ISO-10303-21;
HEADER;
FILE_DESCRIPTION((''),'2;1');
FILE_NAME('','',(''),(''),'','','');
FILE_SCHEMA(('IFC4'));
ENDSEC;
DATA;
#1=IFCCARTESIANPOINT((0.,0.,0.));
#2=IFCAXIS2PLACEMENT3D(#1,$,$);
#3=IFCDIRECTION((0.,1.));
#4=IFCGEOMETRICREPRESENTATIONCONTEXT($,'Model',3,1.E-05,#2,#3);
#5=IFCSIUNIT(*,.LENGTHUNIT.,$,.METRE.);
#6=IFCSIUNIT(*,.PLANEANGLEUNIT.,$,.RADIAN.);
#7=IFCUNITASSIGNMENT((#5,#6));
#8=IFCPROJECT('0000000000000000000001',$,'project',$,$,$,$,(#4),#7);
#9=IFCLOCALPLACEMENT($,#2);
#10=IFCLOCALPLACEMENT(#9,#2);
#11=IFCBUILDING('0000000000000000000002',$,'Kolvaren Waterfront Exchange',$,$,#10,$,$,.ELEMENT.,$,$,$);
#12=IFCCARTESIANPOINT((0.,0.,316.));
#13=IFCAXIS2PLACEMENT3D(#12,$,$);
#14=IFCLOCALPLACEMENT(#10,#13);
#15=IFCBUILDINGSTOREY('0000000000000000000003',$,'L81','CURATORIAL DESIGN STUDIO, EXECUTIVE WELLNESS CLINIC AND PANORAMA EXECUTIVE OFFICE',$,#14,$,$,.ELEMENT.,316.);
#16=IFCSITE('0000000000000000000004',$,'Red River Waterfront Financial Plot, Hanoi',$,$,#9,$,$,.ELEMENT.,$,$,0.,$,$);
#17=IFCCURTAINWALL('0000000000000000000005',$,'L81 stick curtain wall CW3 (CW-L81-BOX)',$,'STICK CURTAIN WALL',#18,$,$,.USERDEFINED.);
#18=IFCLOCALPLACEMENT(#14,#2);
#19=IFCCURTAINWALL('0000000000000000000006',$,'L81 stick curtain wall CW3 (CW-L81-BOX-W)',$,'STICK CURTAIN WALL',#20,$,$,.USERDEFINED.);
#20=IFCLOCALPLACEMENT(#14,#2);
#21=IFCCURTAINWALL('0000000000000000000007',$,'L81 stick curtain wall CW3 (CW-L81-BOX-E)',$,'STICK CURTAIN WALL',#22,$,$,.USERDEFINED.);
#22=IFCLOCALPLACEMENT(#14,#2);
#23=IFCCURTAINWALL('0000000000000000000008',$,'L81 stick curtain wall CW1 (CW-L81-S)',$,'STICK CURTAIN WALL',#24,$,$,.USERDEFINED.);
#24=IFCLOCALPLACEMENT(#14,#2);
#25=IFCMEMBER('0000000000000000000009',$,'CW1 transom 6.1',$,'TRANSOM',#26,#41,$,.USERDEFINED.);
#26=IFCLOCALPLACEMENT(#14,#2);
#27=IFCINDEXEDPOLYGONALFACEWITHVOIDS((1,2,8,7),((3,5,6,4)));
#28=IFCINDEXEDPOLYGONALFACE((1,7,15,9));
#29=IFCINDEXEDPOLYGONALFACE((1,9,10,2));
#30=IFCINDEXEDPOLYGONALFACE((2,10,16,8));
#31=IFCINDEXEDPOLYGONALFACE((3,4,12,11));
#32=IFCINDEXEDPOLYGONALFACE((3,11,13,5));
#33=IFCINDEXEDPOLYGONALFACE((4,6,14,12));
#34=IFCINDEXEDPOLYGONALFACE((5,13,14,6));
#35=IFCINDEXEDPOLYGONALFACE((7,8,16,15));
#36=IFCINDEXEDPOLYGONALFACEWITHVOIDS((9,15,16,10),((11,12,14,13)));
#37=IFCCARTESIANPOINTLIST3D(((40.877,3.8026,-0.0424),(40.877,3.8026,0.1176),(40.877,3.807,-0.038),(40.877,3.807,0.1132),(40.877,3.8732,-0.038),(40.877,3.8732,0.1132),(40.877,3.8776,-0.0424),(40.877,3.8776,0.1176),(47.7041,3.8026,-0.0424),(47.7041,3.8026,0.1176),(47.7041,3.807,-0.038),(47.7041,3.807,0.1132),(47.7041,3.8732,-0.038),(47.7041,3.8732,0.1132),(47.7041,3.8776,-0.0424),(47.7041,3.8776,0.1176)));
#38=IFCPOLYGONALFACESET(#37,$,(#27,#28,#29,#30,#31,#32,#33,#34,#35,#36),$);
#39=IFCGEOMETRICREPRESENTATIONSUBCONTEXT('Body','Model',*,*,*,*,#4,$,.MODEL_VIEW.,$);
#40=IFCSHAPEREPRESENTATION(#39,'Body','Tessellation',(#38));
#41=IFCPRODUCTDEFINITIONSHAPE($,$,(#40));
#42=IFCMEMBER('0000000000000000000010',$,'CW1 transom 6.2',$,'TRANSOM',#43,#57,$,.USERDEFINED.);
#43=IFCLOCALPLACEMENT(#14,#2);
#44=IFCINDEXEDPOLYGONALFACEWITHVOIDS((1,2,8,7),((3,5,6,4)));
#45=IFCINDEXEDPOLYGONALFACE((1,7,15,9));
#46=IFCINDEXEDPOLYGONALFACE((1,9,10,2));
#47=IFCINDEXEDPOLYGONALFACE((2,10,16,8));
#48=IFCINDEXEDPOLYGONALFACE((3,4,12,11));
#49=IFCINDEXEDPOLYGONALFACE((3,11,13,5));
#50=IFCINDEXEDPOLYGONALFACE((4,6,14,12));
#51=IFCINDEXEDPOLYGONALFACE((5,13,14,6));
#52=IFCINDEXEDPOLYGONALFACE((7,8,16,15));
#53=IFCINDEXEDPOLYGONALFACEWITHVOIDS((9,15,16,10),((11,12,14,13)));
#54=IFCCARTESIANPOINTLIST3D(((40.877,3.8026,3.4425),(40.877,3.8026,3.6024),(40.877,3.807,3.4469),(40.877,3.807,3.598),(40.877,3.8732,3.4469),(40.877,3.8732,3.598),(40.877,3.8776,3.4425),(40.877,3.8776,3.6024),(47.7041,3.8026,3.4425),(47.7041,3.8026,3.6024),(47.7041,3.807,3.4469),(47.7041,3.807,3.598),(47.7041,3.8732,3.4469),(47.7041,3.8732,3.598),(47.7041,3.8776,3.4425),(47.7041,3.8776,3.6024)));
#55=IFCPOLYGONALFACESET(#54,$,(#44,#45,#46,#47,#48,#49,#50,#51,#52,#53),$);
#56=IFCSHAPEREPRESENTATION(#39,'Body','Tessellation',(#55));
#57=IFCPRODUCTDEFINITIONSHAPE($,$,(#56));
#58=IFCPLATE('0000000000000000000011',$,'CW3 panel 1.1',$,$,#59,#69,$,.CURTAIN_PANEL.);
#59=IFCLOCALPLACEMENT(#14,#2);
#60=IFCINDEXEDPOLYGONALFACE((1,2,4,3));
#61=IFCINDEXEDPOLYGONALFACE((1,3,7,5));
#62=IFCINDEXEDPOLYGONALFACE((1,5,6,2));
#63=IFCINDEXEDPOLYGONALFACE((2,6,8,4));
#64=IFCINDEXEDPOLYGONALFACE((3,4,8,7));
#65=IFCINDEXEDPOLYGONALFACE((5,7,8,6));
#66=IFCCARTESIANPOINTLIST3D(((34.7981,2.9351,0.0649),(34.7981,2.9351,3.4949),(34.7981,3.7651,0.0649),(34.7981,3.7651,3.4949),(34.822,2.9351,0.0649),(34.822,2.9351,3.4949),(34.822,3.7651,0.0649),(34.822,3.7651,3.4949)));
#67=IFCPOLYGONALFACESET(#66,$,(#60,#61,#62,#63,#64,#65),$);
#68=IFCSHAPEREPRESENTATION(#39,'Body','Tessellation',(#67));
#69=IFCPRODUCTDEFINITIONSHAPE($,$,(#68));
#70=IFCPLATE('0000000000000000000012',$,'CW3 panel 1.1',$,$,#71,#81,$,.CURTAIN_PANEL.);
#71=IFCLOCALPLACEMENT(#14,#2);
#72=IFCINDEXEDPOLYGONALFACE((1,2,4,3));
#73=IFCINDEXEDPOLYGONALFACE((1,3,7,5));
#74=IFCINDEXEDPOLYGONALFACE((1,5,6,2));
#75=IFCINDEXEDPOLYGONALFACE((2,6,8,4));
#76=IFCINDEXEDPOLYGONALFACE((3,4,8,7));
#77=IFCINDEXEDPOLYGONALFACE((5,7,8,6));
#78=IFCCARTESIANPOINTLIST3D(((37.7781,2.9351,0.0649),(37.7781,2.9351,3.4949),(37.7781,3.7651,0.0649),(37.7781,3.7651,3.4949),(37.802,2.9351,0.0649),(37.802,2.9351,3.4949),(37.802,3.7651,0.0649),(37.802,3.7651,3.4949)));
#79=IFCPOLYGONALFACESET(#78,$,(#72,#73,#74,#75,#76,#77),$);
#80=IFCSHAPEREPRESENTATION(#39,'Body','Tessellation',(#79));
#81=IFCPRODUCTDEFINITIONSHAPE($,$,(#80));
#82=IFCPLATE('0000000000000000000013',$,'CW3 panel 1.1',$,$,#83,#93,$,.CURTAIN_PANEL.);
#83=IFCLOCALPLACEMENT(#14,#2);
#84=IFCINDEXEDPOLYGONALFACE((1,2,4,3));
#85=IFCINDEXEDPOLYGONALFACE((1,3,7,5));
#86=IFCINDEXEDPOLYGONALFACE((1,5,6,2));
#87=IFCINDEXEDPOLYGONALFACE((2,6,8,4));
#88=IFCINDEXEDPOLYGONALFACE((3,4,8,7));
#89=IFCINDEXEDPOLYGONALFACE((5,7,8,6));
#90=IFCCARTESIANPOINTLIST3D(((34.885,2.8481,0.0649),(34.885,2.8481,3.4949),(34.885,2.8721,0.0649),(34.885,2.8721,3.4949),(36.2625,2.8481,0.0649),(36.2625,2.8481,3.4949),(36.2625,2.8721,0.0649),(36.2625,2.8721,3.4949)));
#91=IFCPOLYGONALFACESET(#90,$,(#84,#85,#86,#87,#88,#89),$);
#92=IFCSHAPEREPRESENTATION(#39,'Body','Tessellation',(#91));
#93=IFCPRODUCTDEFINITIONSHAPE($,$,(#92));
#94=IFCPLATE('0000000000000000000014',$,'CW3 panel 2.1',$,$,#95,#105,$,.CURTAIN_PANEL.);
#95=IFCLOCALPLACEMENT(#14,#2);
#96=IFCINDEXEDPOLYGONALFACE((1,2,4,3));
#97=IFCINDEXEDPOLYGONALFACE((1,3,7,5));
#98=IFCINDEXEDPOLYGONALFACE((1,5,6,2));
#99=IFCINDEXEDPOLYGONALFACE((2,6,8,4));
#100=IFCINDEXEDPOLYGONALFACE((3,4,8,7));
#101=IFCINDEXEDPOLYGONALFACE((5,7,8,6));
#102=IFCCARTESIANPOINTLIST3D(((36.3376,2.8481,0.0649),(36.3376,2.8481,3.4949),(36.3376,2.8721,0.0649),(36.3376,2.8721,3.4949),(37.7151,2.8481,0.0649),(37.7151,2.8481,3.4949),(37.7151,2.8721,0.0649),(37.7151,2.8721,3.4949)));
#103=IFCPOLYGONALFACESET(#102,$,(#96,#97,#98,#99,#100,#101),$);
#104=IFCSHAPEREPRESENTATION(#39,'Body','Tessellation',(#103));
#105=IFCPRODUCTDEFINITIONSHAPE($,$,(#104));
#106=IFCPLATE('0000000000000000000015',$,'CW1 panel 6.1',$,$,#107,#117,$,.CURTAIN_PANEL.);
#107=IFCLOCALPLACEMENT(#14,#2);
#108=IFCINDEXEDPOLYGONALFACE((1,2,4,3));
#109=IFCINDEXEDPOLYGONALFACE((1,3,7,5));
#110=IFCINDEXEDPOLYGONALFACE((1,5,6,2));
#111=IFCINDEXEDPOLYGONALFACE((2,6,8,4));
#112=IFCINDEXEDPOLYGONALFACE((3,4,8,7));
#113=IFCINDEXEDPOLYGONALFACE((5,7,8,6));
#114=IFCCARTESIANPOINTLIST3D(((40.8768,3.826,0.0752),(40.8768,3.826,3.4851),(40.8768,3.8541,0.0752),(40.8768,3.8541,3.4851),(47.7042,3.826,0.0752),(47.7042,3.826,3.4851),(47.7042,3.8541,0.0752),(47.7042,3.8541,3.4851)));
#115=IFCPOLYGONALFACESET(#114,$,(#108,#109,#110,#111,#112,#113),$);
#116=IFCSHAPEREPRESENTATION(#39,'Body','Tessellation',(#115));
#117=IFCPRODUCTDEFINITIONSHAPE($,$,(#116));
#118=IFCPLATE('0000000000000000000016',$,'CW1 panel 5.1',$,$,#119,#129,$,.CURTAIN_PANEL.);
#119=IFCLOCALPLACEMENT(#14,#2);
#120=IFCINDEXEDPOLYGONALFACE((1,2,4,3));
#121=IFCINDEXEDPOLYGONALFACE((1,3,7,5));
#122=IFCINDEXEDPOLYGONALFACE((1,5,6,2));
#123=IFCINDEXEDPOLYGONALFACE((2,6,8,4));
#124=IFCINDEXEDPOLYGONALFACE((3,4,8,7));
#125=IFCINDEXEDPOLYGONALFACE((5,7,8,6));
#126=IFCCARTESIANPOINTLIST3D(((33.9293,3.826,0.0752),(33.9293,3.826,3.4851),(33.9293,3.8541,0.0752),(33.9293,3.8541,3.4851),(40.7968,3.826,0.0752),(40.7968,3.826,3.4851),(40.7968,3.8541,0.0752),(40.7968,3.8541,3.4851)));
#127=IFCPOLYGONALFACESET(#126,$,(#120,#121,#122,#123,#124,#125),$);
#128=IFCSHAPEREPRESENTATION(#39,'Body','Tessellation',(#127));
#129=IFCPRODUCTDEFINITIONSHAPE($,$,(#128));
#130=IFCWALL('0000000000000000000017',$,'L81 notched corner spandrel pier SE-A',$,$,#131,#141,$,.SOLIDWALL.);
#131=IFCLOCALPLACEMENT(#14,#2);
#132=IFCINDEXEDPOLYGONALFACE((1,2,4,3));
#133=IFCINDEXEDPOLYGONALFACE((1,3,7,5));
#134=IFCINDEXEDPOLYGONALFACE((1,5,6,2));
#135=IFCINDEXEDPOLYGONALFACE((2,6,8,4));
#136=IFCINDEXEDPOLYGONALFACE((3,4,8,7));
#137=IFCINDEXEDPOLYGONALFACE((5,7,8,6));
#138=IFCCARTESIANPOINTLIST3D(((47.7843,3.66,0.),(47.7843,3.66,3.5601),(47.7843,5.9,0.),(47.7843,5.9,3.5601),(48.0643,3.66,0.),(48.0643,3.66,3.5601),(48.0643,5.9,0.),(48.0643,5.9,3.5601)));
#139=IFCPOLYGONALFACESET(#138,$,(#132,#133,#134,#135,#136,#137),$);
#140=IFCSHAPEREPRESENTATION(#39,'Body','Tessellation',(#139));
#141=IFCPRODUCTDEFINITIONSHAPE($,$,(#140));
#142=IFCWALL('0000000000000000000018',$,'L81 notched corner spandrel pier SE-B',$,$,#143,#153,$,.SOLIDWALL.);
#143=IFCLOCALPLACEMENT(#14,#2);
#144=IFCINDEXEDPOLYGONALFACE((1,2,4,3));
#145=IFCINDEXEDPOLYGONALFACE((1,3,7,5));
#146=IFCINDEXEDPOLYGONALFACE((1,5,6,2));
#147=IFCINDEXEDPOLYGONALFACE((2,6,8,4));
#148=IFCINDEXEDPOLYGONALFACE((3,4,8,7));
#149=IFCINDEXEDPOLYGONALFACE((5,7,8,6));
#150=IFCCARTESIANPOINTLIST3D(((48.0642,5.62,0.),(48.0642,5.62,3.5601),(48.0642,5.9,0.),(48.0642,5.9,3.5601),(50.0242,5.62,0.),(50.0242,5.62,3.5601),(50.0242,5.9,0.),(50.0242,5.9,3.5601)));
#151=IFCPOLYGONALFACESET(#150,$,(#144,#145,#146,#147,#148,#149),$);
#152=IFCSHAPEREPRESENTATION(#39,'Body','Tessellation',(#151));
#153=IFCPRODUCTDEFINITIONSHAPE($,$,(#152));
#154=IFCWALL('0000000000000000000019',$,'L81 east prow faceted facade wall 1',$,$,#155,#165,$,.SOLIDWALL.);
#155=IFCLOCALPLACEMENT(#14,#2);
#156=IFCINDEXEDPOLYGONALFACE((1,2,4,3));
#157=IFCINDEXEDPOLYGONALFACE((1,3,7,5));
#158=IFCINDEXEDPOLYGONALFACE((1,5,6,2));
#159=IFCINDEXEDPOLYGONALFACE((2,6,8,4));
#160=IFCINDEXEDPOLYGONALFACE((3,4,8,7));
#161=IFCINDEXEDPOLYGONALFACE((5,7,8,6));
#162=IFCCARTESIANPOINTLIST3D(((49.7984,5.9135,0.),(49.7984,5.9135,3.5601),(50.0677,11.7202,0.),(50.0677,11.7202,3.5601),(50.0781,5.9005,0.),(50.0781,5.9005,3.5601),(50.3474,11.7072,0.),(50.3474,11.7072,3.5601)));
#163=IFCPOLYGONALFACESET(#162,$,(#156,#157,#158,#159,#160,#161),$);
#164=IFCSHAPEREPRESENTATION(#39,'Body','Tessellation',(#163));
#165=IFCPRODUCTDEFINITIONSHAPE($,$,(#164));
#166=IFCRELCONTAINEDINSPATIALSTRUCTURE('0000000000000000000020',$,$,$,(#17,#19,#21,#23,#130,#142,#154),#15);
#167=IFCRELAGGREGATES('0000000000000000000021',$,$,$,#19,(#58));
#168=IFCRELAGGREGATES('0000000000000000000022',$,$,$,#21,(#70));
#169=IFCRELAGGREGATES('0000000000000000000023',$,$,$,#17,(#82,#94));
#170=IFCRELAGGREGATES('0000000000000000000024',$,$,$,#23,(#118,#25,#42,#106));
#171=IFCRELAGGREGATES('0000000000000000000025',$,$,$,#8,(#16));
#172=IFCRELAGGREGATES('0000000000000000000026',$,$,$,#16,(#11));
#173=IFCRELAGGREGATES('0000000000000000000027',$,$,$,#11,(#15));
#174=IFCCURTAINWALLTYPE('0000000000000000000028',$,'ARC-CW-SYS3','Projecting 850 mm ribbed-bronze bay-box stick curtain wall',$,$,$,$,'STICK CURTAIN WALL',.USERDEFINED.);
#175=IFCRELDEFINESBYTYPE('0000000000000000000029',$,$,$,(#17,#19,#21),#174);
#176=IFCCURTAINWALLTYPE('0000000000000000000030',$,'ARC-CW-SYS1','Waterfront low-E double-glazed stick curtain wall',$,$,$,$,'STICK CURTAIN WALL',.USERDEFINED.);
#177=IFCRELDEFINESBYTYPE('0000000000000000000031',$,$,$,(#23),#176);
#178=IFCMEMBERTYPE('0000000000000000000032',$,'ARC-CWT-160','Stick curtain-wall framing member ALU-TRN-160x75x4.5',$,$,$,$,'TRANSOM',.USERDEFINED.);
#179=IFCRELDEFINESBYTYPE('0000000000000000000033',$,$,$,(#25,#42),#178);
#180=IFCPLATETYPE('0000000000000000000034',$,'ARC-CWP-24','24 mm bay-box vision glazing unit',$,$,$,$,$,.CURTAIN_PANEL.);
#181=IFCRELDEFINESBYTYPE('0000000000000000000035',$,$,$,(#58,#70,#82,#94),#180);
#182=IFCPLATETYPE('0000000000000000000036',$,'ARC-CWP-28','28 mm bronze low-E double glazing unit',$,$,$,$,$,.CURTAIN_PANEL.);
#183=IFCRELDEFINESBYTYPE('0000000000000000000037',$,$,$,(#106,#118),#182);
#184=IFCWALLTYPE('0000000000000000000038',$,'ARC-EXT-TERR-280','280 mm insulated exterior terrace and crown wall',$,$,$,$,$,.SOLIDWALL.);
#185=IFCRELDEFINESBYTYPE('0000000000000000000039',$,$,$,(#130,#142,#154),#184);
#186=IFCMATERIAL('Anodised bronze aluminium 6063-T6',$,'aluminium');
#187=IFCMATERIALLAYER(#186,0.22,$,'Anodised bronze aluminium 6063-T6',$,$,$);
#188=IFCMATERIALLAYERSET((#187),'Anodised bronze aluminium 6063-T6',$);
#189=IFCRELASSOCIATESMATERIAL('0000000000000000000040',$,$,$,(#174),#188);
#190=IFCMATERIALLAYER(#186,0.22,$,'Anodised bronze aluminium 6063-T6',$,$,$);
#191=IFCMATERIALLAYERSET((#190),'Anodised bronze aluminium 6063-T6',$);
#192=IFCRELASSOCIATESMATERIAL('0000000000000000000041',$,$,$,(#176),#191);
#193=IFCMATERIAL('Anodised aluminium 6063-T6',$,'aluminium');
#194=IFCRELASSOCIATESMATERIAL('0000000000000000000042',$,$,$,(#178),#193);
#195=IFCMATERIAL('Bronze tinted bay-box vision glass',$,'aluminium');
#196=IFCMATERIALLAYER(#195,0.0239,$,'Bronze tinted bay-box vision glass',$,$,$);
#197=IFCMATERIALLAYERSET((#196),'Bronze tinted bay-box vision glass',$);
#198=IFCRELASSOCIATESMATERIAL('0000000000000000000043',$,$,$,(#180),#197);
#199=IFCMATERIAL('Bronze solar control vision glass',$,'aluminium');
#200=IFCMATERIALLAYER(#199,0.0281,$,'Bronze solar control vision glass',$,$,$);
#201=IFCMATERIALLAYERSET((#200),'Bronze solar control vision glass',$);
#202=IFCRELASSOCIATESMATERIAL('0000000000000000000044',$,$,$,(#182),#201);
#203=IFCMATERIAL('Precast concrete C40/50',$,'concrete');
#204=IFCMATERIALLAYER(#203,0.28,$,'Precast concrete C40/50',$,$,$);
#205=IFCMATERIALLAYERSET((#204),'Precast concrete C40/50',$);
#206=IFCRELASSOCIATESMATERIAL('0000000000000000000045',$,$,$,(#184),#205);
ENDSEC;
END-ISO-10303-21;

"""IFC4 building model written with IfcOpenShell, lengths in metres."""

from ifc_helpers import new_model, si_unit, direction, frame, frame_2d, origin, origin_with_axes, origin_2d, place, context, subcontext, project, spatial, rectangle, hollow_rectangle, extrude, source, transform, mapped, material, layer, layer_set, material_profile, profile_set, type_object, element, aggregate, save


model = new_model("IFC4")

# Units and contexts
model_context = context("Model", 3, precision=1e-05, world=origin(), true_north=direction((0.0, 1.0)))
body_context = subcontext(model_context, "Body", "Model", "MODEL_VIEW")
ifc_project = project(units=[si_unit("LENGTHUNIT", "METRE"), si_unit("PLANEANGLEUNIT", "RADIAN")], contexts=[model_context])

# Site, building, storey
site_placement = place(None, origin())
site = spatial("IfcSite", under=ifc_project, at=site_placement, Name="Red River Waterfront Financial Plot, Hanoi", CompositionType="ELEMENT", RefElevation=0.0)
building_placement = place(site_placement, origin())
building = spatial("IfcBuilding", under=site, at=building_placement, Name="Kolvaren Waterfront Exchange", CompositionType="ELEMENT")
storey_placement = place(building_placement, frame((0.0, 0.0, 316.0)))
storey = spatial("IfcBuildingStorey", under=building, at=storey_placement, Name="L81", Description="CURATORIAL DESIGN STUDIO, EXECUTIVE WELLNESS CLINIC AND PANORAMA EXECUTIVE OFFICE", CompositionType="ELEMENT", Elevation=316.0)

# Curtain walls
ifc_material_1 = material(Name="Anodised bronze aluminium 6063-T6", Category="aluminium")
ifc_layer_1 = layer(ifc_material_1, 0.22, Name="Anodised bronze aluminium 6063-T6")
ifc_layer_set_1 = layer_set([ifc_layer_1], Name="Anodised bronze aluminium 6063-T6")
curtain_wall_type_1 = type_object("IfcCurtainWallType", Name="ARC-CW-SYS3", Description="Projecting 850 mm ribbed-bronze bay-box stick curtain wall", ElementType="STICK CURTAIN WALL", PredefinedType="USERDEFINED", material=ifc_layer_set_1)
curtain_wall_1_placement = place(storey_placement, origin())
curtain_wall_1 = element("IfcCurtainWall", 1, at=curtain_wall_1_placement, inside=storey, type_object=curtain_wall_type_1, Name="L81 stick curtain wall CW3 (CW-L81-BOX)", ObjectType="STICK CURTAIN WALL", PredefinedType="USERDEFINED")
curtain_wall_2_placement = place(storey_placement, origin())
curtain_wall_2 = element("IfcCurtainWall", 2, at=curtain_wall_2_placement, inside=storey, type_object=curtain_wall_type_1, Name="L81 stick curtain wall CW3 (CW-L81-BOX-W)", ObjectType="STICK CURTAIN WALL", PredefinedType="USERDEFINED")
curtain_wall_3_placement = place(storey_placement, origin())
curtain_wall_3 = element("IfcCurtainWall", 3, at=curtain_wall_3_placement, inside=storey, type_object=curtain_wall_type_1, Name="L81 stick curtain wall CW3 (CW-L81-BOX-E)", ObjectType="STICK CURTAIN WALL", PredefinedType="USERDEFINED")

# Curtain wall, members
ifc_layer_2 = layer(ifc_material_1, 0.22, Name="Anodised bronze aluminium 6063-T6")
ifc_layer_set_2 = layer_set([ifc_layer_2], Name="Anodised bronze aluminium 6063-T6")
curtain_wall_type_2 = type_object("IfcCurtainWallType", Name="ARC-CW-SYS1", Description="Waterfront low-E double-glazed stick curtain wall", ElementType="STICK CURTAIN WALL", PredefinedType="USERDEFINED", material=ifc_layer_set_2)
curtain_wall_4_placement = place(storey_placement, origin())
curtain_wall_4 = element("IfcCurtainWall", 4, at=curtain_wall_4_placement, inside=storey, type_object=curtain_wall_type_2, Name="L81 stick curtain wall CW1 (CW-L81-S)", ObjectType="STICK CURTAIN WALL", PredefinedType="USERDEFINED")
ifc_material_2 = material(Name="Anodised aluminium 6063-T6", Category="aluminium")
ifc_material_profile_1 = material_profile(ifc_material_2, hollow_rectangle(XDim=0.075, YDim=0.1599, WallThickness=0.0044, at=origin_2d()), Name="ALU-TRN-160x75x4.5")
ifc_profile_set_1 = profile_set([ifc_material_profile_1], Name="Anodised aluminium 6063-T6")
member_type_1 = type_object("IfcMemberType", Name="ARC-CWT-160", Description="Stick curtain-wall framing member ALU-TRN-160x75x4.5", ElementType="TRANSOM", PredefinedType="USERDEFINED", material=ifc_profile_set_1)
shared_shape_1 = source(origin_with_axes(), body_context, "Body", "SweptSolid", [
    extrude(hollow_rectangle(XDim=0.075, YDim=0.1599, WallThickness=0.0044, at=origin_2d()), origin(), (0.0, 0.0, 1.0), 6.8271),
])
member_1_placement = place(storey_placement, frame((40.877, 3.8401, 0.0376), z_axis=(1.0, 0.0, 0.0), x_axis=(0.0, 1.0, 0.0)))
member_1 = element("IfcMember", 5, at=member_1_placement, type_object=member_type_1, Name="CW1 transom 6.1", ObjectType="TRANSOM", PredefinedType="USERDEFINED", context=body_context, shape_type="MappedRepresentation", body=[
    mapped(shared_shape_1, transform((0.0, 0.0, 0.0), x_axis=(1.0, 0.0, 0.0), y_axis=(0.0, 1.0, 0.0), z_axis=(0.0, 0.0, 1.0), scale=1.0)),
])
member_2_placement = place(storey_placement, frame((40.877, 3.8401, 3.5225), z_axis=(1.0, 0.0, 0.0), x_axis=(0.0, 1.0, 0.0)))
member_2 = element("IfcMember", 6, at=member_2_placement, type_object=member_type_1, Name="CW1 transom 6.2", ObjectType="TRANSOM", PredefinedType="USERDEFINED", context=body_context, shape_type="MappedRepresentation", body=[
    mapped(shared_shape_1, transform((0.0, 0.0, 0.0), x_axis=(1.0, 0.0, 0.0), y_axis=(0.0, 1.0, 0.0), z_axis=(0.0, 0.0, 1.0), scale=1.0)),
])

# Plates
ifc_material_3 = material(Name="Bronze tinted bay-box vision glass", Category="aluminium")
ifc_layer_3 = layer(ifc_material_3, 0.0239, Name="Bronze tinted bay-box vision glass")
ifc_layer_set_3 = layer_set([ifc_layer_3], Name="Bronze tinted bay-box vision glass")
plate_type_1 = type_object("IfcPlateType", Name="ARC-CWP-24", Description="24 mm bay-box vision glazing unit", PredefinedType="CURTAIN_PANEL", material=ifc_layer_set_3)
shared_shape_2 = source(origin_with_axes(), body_context, "Body", "SweptSolid", [
    extrude(rectangle(XDim=0.8301, YDim=0.0239, at=origin_2d()), origin(), (0.0, 0.0, 1.0), 3.4299),
])
plate_1_placement = place(storey_placement, frame((34.8101, 3.3501, 0.0649), z_axis=(0.0, 0.0, 1.0), x_axis=(0.0, -1.0, 0.0)))
plate_1 = element("IfcPlate", 7, at=plate_1_placement, type_object=plate_type_1, Name="CW3 panel 1.1", PredefinedType="CURTAIN_PANEL", context=body_context, shape_type="MappedRepresentation", body=[
    mapped(shared_shape_2, transform((0.0, 0.0, 0.0), x_axis=(1.0, 0.0, 0.0), y_axis=(0.0, 1.0, 0.0), z_axis=(0.0, 0.0, 1.0), scale=1.0)),
])
aggregate(curtain_wall_2, [plate_1])
plate_2_placement = place(storey_placement, frame((37.79, 3.3501, 0.0649), z_axis=(0.0, 0.0, 1.0), x_axis=(0.0, 1.0, 0.0)))
plate_2 = element("IfcPlate", 8, at=plate_2_placement, type_object=plate_type_1, Name="CW3 panel 1.1", PredefinedType="CURTAIN_PANEL", context=body_context, shape_type="MappedRepresentation", body=[
    mapped(shared_shape_2, transform((0.0, 0.0, 0.0), x_axis=(1.0, 0.0, 0.0), y_axis=(0.0, 1.0, 0.0), z_axis=(0.0, 0.0, 1.0), scale=1.0)),
])
aggregate(curtain_wall_3, [plate_2])
shared_shape_3 = source(origin_with_axes(), body_context, "Body", "SweptSolid", [
    extrude(rectangle(XDim=1.3774, YDim=0.0239, at=origin_2d()), origin(), (0.0, 0.0, 1.0), 3.4299),
])
plate_3_placement = place(storey_placement, frame((35.5737, 2.8601, 0.0649), z_axis=(0.0, 0.0, 1.0), x_axis=(1.0, 0.0, 0.0)))
plate_3 = element("IfcPlate", 9, at=plate_3_placement, type_object=plate_type_1, Name="CW3 panel 1.1", PredefinedType="CURTAIN_PANEL", context=body_context, shape_type="MappedRepresentation", body=[
    mapped(shared_shape_3, transform((0.0, 0.0, 0.0), x_axis=(1.0, 0.0, 0.0), y_axis=(0.0, 1.0, 0.0), z_axis=(0.0, 0.0, 1.0), scale=1.0)),
])
plate_4_placement = place(storey_placement, frame((37.0264, 2.8601, 0.0649), z_axis=(0.0, 0.0, 1.0), x_axis=(1.0, 0.0, 0.0)))
plate_4 = element("IfcPlate", 10, at=plate_4_placement, type_object=plate_type_1, Name="CW3 panel 2.1", PredefinedType="CURTAIN_PANEL", context=body_context, shape_type="MappedRepresentation", body=[
    mapped(shared_shape_3, transform((0.0, 0.0, 0.0), x_axis=(1.0, 0.0, 0.0), y_axis=(0.0, 1.0, 0.0), z_axis=(0.0, 0.0, 1.0), scale=1.0)),
])
aggregate(curtain_wall_1, [plate_3, plate_4])
ifc_material_4 = material(Name="Bronze solar control vision glass", Category="aluminium")
ifc_layer_4 = layer(ifc_material_4, 0.0281, Name="Bronze solar control vision glass")
ifc_layer_set_4 = layer_set([ifc_layer_4], Name="Bronze solar control vision glass")
plate_type_2 = type_object("IfcPlateType", Name="ARC-CWP-28", Description="28 mm bronze low-E double glazing unit", PredefinedType="CURTAIN_PANEL", material=ifc_layer_set_4)
shared_shape_4 = source(origin_with_axes(), body_context, "Body", "SweptSolid", [
    extrude(rectangle(XDim=6.8274, YDim=0.0281, at=origin_2d()), origin(), (0.0, 0.0, 1.0), 3.4099),
])
plate_5_placement = place(storey_placement, frame((44.2905, 3.8401, 0.0752), z_axis=(0.0, 0.0, 1.0), x_axis=(1.0, 0.0, 0.0)))
plate_5 = element("IfcPlate", 11, at=plate_5_placement, type_object=plate_type_2, Name="CW1 panel 6.1", PredefinedType="CURTAIN_PANEL", context=body_context, shape_type="MappedRepresentation", body=[
    mapped(shared_shape_4, transform((0.0, 0.0, 0.0), x_axis=(1.0, 0.0, 0.0), y_axis=(0.0, 1.0, 0.0), z_axis=(0.0, 0.0, 1.0), scale=1.0)),
])
shared_shape_5 = source(origin_with_axes(), body_context, "Body", "SweptSolid", [
    extrude(rectangle(XDim=6.8674, YDim=0.0281, at=origin_2d()), origin(), (0.0, 0.0, 1.0), 3.4099),
])
plate_6_placement = place(storey_placement, frame((37.363, 3.8401, 0.0752), z_axis=(0.0, 0.0, 1.0), x_axis=(1.0, 0.0, 0.0)))
plate_6 = element("IfcPlate", 12, at=plate_6_placement, type_object=plate_type_2, Name="CW1 panel 5.1", PredefinedType="CURTAIN_PANEL", context=body_context, shape_type="MappedRepresentation", body=[
    mapped(shared_shape_5, transform((0.0, 0.0, 0.0), x_axis=(1.0, 0.0, 0.0), y_axis=(0.0, 1.0, 0.0), z_axis=(0.0, 0.0, 1.0), scale=1.0)),
])
aggregate(curtain_wall_4, [plate_6, member_1, member_2, plate_5])

# Walls
ifc_material_5 = material(Name="Precast concrete C40/50", Category="concrete")
ifc_layer_5 = layer(ifc_material_5, 0.28, Name="Precast concrete C40/50")
ifc_layer_set_5 = layer_set([ifc_layer_5], Name="Precast concrete C40/50")
wall_type_1 = type_object("IfcWallType", Name="ARC-EXT-TERR-280", Description="280 mm insulated exterior terrace and crown wall", PredefinedType="SOLIDWALL", material=ifc_layer_set_5)
wall_1_placement = place(storey_placement, frame((47.9243, 3.6599, 0.0), z_axis=(0.0, 0.0, 1.0), x_axis=(0.0, 1.0, 0.0)))
element("IfcWall", 13, at=wall_1_placement, inside=storey, type_object=wall_type_1, Name="L81 notched corner spandrel pier SE-A", PredefinedType="SOLIDWALL", context=body_context, shape_type="SweptSolid", body=[
    extrude(rectangle(XDim=2.24, YDim=0.28, at=frame_2d((1.1201, 0.0))), origin(), (0.0, 0.0, 1.0), 3.5601),
])
wall_2_placement = place(storey_placement, frame((48.0642, 5.76, 0.0), z_axis=(0.0, 0.0, 1.0), x_axis=(1.0, 0.0, 0.0)))
element("IfcWall", 14, at=wall_2_placement, inside=storey, type_object=wall_type_1, Name="L81 notched corner spandrel pier SE-B", PredefinedType="SOLIDWALL", context=body_context, shape_type="SweptSolid", body=[
    extrude(rectangle(XDim=1.96, YDim=0.28, at=frame_2d((0.98, 0.0))), origin(), (0.0, 0.0, 1.0), 3.5601),
])
wall_3_placement = place(storey_placement, frame((49.9382, 5.907, 0.0), z_axis=(0.0, 0.0, 1.0), x_axis=(0.046326, 0.998926, 0.0)))
element("IfcWall", 15, at=wall_3_placement, inside=storey, type_object=wall_type_1, Name="L81 east prow faceted facade wall 1", PredefinedType="SOLIDWALL", context=body_context, shape_type="SweptSolid", body=[
    extrude(rectangle(XDim=5.813, YDim=0.28, at=frame_2d((2.9065, 0.0))), origin(), (0.0, 0.0, 1.0), 3.5601),
])

save(model, "model.ifc")
